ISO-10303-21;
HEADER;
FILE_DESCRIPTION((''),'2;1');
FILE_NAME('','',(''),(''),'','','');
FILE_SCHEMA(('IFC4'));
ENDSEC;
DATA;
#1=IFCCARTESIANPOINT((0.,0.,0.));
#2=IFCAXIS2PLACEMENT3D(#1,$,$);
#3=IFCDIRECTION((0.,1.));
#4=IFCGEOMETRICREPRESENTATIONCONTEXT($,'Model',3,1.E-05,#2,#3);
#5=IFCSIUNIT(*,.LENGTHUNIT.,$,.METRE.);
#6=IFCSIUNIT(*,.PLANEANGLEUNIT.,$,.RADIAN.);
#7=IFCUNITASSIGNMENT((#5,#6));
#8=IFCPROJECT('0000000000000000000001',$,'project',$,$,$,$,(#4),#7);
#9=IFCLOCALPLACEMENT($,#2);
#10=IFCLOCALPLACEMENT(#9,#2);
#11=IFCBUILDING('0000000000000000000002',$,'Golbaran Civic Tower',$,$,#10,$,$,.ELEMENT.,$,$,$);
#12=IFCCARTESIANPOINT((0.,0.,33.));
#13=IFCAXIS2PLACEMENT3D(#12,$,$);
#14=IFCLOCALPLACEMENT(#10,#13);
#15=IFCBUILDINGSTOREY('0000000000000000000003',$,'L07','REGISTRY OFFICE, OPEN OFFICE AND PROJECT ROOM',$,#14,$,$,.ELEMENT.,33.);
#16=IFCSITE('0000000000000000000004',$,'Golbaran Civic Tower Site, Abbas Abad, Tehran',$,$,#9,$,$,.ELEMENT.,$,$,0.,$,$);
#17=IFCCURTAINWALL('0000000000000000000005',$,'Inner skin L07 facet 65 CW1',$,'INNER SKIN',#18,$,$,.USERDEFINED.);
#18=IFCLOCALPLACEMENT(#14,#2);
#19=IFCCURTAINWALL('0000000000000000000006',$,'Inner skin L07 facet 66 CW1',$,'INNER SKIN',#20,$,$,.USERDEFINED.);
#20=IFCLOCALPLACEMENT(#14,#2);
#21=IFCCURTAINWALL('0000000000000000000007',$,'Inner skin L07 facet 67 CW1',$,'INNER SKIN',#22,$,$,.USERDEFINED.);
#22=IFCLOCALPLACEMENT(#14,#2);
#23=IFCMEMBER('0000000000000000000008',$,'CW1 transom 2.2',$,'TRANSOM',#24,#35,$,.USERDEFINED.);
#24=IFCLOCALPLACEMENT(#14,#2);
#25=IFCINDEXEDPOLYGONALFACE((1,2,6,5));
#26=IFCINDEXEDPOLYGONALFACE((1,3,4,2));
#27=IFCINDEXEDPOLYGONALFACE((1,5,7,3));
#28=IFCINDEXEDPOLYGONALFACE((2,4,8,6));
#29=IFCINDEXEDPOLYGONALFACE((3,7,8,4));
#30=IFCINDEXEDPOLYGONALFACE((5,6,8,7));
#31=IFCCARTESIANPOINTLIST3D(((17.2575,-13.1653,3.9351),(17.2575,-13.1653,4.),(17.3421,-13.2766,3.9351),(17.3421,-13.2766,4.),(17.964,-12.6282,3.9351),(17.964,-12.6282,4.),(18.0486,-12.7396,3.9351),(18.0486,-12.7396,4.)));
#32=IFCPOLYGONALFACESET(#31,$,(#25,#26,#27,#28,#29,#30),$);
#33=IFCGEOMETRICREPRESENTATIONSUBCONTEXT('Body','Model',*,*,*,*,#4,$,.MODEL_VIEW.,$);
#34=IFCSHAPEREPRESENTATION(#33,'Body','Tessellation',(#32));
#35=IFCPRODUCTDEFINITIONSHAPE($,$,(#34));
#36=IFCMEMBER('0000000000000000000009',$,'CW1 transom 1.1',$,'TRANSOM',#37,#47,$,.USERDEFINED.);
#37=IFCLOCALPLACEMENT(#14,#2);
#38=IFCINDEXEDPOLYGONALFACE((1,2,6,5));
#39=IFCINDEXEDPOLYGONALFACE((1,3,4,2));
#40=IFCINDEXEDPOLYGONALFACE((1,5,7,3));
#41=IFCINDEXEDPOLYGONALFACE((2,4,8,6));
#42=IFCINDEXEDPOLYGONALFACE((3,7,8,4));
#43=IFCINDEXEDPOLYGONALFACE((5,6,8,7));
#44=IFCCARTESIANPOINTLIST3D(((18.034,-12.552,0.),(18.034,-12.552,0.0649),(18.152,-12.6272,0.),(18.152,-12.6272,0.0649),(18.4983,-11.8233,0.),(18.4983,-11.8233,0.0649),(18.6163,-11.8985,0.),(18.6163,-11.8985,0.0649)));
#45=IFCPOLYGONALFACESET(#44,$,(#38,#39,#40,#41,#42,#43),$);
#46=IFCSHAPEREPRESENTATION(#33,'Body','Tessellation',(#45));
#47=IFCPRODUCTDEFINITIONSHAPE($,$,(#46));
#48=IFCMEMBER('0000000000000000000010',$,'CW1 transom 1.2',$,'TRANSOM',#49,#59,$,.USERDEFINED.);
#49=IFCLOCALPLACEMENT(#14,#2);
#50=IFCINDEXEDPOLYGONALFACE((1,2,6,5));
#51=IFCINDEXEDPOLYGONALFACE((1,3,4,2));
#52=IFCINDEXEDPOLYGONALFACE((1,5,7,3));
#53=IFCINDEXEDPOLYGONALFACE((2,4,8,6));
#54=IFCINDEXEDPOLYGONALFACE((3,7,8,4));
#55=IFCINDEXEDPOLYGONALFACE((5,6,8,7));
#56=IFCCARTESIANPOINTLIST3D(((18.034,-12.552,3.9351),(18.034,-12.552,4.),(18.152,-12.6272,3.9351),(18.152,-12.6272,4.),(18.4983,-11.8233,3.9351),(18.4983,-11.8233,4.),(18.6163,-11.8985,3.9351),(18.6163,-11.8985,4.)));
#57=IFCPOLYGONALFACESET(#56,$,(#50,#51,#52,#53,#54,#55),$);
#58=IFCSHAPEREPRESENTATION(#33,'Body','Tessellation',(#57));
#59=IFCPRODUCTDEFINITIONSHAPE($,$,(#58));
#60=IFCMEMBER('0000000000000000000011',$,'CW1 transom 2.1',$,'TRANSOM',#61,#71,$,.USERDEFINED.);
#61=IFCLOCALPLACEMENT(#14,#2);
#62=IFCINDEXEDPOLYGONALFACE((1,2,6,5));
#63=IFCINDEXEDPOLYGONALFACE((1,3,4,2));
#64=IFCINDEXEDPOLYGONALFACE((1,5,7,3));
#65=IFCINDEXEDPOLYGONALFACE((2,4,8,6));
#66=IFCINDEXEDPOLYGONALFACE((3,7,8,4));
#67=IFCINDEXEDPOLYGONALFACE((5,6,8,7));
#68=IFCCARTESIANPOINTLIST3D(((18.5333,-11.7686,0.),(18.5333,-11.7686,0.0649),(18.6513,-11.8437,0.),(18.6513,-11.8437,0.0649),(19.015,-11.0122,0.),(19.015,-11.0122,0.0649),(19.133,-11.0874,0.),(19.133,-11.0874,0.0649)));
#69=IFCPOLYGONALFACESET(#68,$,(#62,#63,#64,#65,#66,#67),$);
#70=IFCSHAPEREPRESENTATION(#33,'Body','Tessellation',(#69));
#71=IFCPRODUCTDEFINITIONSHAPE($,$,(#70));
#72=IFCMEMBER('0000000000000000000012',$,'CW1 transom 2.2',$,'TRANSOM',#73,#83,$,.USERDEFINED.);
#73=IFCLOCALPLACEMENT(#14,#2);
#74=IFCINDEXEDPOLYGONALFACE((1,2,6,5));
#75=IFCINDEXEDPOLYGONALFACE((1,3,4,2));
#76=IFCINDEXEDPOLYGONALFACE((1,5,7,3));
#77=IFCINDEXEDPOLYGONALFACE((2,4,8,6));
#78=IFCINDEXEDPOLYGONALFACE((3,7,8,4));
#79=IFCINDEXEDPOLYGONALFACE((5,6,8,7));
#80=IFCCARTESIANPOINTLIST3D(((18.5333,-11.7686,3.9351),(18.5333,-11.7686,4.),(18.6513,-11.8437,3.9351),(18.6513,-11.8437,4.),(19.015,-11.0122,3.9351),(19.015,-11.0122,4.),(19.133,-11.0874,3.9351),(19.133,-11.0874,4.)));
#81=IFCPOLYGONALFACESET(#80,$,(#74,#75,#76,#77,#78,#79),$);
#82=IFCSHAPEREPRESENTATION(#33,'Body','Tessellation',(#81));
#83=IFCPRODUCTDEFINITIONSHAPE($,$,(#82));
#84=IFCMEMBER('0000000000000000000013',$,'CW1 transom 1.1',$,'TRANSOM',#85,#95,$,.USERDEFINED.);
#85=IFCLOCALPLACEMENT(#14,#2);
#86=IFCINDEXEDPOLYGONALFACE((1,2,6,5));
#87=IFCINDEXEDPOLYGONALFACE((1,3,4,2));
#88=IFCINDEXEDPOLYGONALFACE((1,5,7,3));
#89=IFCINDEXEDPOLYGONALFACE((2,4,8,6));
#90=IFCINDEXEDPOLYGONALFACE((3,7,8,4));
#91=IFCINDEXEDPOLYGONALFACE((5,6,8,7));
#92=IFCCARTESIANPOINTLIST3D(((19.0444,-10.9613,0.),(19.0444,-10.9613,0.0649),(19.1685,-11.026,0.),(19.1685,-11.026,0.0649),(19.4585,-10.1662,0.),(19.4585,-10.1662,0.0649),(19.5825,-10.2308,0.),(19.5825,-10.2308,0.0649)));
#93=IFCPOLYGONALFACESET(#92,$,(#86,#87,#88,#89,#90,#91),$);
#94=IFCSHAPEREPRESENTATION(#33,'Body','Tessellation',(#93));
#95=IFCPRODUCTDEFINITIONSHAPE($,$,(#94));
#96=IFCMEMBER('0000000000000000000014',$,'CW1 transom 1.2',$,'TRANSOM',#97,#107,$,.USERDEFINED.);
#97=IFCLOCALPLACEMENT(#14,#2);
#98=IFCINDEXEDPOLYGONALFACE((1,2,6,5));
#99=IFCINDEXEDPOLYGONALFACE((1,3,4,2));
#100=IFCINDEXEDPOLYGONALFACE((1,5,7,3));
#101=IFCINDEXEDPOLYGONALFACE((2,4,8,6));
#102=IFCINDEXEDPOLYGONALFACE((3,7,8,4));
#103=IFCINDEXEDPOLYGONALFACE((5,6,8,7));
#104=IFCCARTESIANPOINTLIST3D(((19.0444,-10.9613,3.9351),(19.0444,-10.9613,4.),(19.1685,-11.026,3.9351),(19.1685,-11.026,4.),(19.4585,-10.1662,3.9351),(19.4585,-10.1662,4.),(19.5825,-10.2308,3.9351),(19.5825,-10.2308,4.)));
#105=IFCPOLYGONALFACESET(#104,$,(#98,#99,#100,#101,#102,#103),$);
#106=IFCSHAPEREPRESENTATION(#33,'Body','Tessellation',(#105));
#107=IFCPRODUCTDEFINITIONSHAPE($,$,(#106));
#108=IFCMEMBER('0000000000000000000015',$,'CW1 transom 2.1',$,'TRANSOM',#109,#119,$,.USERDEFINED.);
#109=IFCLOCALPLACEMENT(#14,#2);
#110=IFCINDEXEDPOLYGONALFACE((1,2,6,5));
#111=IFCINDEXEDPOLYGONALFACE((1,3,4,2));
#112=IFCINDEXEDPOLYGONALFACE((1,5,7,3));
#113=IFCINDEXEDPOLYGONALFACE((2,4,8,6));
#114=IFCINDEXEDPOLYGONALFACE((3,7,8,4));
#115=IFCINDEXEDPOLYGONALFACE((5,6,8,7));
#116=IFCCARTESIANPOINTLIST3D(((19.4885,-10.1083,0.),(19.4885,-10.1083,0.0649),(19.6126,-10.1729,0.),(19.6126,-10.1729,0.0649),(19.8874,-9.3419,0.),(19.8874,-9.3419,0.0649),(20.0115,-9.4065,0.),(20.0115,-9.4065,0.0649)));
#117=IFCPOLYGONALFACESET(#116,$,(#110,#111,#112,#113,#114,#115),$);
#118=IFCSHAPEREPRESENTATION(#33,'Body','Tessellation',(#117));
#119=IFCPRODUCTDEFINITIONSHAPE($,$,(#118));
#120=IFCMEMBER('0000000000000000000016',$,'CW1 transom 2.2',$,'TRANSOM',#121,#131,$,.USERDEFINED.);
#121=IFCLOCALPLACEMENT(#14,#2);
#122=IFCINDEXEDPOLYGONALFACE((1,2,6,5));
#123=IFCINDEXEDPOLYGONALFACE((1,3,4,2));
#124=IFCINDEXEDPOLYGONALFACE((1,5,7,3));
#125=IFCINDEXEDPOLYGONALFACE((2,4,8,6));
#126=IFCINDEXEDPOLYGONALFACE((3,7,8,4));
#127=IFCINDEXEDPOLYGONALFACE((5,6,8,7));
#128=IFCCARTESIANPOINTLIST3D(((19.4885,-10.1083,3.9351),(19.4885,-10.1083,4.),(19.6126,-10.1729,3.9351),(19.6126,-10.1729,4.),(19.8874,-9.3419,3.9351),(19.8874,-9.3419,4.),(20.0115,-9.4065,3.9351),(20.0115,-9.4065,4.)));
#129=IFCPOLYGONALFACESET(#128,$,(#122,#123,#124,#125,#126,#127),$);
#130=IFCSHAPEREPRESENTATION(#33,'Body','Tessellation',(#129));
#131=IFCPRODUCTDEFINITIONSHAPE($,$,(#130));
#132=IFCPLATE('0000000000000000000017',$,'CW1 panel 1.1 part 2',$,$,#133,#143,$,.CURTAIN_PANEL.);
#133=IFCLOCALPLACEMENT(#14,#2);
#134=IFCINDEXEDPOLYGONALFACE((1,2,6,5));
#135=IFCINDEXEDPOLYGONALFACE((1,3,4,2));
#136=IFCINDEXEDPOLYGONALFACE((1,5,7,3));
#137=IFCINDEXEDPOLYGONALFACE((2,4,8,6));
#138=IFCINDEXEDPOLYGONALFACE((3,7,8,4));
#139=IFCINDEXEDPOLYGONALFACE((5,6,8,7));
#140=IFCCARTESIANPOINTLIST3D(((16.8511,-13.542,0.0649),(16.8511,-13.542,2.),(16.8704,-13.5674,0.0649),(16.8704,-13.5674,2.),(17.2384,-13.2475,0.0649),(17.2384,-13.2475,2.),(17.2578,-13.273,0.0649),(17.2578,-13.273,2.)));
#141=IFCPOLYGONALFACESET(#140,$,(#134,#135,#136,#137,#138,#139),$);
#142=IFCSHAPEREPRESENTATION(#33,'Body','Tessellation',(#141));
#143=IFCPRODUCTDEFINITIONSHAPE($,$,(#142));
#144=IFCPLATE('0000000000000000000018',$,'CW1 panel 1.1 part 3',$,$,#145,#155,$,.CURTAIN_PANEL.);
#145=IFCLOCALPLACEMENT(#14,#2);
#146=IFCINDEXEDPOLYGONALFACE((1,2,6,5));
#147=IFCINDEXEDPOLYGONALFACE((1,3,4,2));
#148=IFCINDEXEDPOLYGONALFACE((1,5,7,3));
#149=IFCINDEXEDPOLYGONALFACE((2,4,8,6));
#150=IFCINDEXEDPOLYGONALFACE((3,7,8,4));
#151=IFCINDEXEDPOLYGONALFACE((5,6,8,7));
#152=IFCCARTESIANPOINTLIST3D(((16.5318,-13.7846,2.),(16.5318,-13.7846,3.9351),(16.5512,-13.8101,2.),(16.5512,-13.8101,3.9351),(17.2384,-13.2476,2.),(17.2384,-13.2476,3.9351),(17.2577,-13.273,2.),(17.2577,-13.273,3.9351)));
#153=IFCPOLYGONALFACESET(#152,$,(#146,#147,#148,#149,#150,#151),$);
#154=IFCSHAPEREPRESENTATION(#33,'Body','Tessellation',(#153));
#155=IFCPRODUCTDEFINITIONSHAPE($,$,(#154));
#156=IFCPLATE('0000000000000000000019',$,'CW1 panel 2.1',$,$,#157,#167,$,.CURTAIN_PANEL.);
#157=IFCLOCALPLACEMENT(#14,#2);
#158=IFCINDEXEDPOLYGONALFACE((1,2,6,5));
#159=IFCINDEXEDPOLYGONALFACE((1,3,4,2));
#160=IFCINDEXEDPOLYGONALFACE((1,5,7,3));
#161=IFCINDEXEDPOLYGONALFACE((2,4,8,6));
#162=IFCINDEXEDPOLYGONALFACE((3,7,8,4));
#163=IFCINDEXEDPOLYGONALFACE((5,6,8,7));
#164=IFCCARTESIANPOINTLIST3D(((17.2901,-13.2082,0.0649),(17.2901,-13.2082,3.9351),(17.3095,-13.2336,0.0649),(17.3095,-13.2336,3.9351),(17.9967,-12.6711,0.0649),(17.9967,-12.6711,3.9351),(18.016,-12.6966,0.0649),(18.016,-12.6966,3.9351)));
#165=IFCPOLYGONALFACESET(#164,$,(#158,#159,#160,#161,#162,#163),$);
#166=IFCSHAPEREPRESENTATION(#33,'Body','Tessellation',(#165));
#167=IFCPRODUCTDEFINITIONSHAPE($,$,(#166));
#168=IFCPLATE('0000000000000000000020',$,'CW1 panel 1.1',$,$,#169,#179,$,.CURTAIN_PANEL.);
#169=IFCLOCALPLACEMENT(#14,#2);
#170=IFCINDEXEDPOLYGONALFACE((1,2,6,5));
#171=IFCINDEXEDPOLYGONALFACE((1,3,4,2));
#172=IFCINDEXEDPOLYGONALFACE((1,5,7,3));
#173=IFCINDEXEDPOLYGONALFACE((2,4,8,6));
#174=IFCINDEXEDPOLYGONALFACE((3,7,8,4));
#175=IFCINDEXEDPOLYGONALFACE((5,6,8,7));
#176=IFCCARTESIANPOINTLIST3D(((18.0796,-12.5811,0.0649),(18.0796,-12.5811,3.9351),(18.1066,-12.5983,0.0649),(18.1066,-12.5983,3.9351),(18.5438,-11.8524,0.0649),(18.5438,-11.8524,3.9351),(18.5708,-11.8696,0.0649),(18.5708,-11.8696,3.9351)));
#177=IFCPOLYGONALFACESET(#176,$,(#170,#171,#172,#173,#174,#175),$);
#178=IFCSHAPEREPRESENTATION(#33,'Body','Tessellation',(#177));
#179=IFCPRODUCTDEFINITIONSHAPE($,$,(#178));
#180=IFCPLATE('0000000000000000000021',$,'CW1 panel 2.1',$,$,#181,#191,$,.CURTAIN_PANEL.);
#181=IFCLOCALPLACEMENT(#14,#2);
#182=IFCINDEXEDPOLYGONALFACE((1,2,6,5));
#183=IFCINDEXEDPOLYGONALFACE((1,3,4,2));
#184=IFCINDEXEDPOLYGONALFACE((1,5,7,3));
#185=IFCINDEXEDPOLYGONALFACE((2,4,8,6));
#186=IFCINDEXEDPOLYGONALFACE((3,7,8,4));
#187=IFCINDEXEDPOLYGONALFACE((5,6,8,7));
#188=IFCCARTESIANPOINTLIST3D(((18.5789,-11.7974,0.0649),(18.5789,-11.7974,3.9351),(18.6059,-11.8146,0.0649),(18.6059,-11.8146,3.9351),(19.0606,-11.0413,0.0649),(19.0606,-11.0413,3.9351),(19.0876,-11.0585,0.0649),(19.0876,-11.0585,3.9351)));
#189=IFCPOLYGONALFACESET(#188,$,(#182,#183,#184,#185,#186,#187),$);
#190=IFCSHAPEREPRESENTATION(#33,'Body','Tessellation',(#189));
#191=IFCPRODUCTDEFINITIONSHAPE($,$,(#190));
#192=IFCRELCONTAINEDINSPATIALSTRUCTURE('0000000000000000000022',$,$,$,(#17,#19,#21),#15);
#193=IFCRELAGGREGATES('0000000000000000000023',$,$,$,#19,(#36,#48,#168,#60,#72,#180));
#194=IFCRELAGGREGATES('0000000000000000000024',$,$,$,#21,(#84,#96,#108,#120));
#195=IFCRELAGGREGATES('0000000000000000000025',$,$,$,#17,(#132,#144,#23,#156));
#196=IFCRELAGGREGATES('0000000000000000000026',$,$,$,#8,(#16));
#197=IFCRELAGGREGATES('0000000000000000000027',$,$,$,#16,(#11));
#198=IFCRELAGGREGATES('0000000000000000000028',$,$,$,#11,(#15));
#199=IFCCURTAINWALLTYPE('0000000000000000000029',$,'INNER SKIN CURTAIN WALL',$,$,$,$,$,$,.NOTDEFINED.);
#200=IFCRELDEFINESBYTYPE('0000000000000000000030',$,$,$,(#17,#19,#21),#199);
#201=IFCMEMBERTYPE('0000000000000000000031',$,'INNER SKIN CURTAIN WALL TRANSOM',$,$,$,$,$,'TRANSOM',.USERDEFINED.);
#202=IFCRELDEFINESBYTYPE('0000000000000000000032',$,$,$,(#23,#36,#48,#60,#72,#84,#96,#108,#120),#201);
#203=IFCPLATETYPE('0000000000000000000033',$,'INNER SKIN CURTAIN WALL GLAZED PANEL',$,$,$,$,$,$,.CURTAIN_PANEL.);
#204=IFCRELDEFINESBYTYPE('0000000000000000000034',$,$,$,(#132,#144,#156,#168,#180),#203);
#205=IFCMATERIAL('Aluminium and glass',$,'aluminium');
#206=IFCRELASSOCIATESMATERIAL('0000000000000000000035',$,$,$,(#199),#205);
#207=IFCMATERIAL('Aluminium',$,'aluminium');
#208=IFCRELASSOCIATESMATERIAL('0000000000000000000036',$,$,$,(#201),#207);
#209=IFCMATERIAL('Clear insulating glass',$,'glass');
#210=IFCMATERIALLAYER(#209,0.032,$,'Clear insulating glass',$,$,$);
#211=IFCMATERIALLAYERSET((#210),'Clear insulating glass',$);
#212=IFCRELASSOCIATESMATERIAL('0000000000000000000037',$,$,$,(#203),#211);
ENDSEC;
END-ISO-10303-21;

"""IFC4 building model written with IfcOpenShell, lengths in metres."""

from ifc_helpers import new_model, si_unit, direction, frame, origin, origin_2d, place, context, subcontext, project, spatial, rectangle, extrude, material, layer, layer_set, material_profile, profile_set, type_object, element, aggregate, save


model = new_model("IFC4")

# Units and contexts
model_context = context("Model", 3, precision=1e-05, world=origin(), true_north=direction((0.0, 1.0)))
body_context = subcontext(model_context, "Body", "Model", "MODEL_VIEW")
ifc_project = project(units=[si_unit("LENGTHUNIT", "METRE"), si_unit("PLANEANGLEUNIT", "RADIAN")], contexts=[model_context])

# Site, building, storey
site_placement = place(None, origin())
site = spatial("IfcSite", under=ifc_project, at=site_placement, Name="Golbaran Civic Tower Site, Abbas Abad, Tehran", CompositionType="ELEMENT", RefElevation=0.0)
building_placement = place(site_placement, origin())
building = spatial("IfcBuilding", under=site, at=building_placement, Name="Golbaran Civic Tower", CompositionType="ELEMENT")
storey_placement = place(building_placement, frame((0.0, 0.0, 33.0)))
storey = spatial("IfcBuildingStorey", under=building, at=storey_placement, Name="L07", Description="REGISTRY OFFICE, OPEN OFFICE AND PROJECT ROOM", CompositionType="ELEMENT", Elevation=33.0)

# Shared definitions
ifc_material_1 = material(Name="Aluminium and glass", Category="aluminium")
curtain_wall_type = type_object("IfcCurtainWallType", Name="INNER SKIN CURTAIN WALL", PredefinedType="NOTDEFINED", material=ifc_material_1)
ifc_material_2 = material(Name="Aluminium", Category="aluminium")

# Curtain walls
curtain_wall_1_placement = place(storey_placement, origin())
curtain_wall_1 = element("IfcCurtainWall", 1, at=curtain_wall_1_placement, inside=storey, type_object=curtain_wall_type, Name="Inner skin L07 facet 65 CW1", ObjectType="INNER SKIN", PredefinedType="USERDEFINED")
curtain_wall_2_placement = place(storey_placement, origin())
curtain_wall_2 = element("IfcCurtainWall", 2, at=curtain_wall_2_placement, inside=storey, type_object=curtain_wall_type, Name="Inner skin L07 facet 66 CW1", ObjectType="INNER SKIN", PredefinedType="USERDEFINED")

# Curtain wall
curtain_wall_3_placement = place(storey_placement, origin())
curtain_wall_3 = element("IfcCurtainWall", 3, at=curtain_wall_3_placement, inside=storey, type_object=curtain_wall_type, Name="Inner skin L07 facet 67 CW1", ObjectType="INNER SKIN", PredefinedType="USERDEFINED")

# Members
ifc_material_profile_1 = material_profile(ifc_material_2, rectangle(XDim=0.1399, YDim=0.0649, at=origin_2d()), Name="INNER SKIN CURTAIN WALL TRANSOM")
ifc_profile_set_1 = profile_set([ifc_material_profile_1], Name="Aluminium")
member_type_1 = type_object("IfcMemberType", Name="INNER SKIN CURTAIN WALL TRANSOM", ElementType="TRANSOM", PredefinedType="USERDEFINED", material=ifc_profile_set_1)
member_1_placement = place(storey_placement, frame((17.2998, -13.2209, 3.9675), z_axis=(0.796088, 0.605181, 0.0), x_axis=(-0.605181, 0.796088, 0.0)))
member_1 = element("IfcMember", 4, at=member_1_placement, type_object=member_type_1, Name="CW1 transom 2.2", ObjectType="TRANSOM", PredefinedType="USERDEFINED", context=body_context, shape_type="SweptSolid", body=[
    extrude(rectangle(XDim=0.1399, YDim=0.0649, at=origin_2d()), origin(), (0.0, 0.0, 1.0), 0.8875),
])
member_2_placement = place(storey_placement, frame((18.093, -12.5896, 0.0325), z_axis=(0.537369, 0.843347, 0.0), x_axis=(-0.843347, 0.537369, 0.0)))
member_2 = element("IfcMember", 5, at=member_2_placement, type_object=member_type_1, Name="CW1 transom 1.1", ObjectType="TRANSOM", PredefinedType="USERDEFINED", context=body_context, shape_type="SweptSolid", body=[
    extrude(rectangle(XDim=0.1399, YDim=0.0649, at=origin_2d()), origin(), (0.0, 0.0, 1.0), 0.864),
])
member_3_placement = place(storey_placement, frame((18.093, -12.5896, 3.9675), z_axis=(0.537369, 0.843347, 0.0), x_axis=(-0.843347, 0.537369, 0.0)))
member_3 = element("IfcMember", 6, at=member_3_placement, type_object=member_type_1, Name="CW1 transom 1.2", ObjectType="TRANSOM", PredefinedType="USERDEFINED", context=body_context, shape_type="SweptSolid", body=[
    extrude(rectangle(XDim=0.1399, YDim=0.0649, at=origin_2d()), origin(), (0.0, 0.0, 1.0), 0.864),
])
member_4_placement = place(storey_placement, frame((18.5923, -11.8062, 0.0325), z_axis=(0.537175, 0.843471, 0.0), x_axis=(-0.843471, 0.537175, 0.0)))
member_4 = element("IfcMember", 7, at=member_4_placement, type_object=member_type_1, Name="CW1 transom 2.1", ObjectType="TRANSOM", PredefinedType="USERDEFINED", context=body_context, shape_type="SweptSolid", body=[
    extrude(rectangle(XDim=0.1399, YDim=0.0649, at=origin_2d()), origin(), (0.0, 0.0, 1.0), 0.8967),
])
member_5_placement = place(storey_placement, frame((18.5923, -11.8062, 3.9675), z_axis=(0.537175, 0.843471, 0.0), x_axis=(-0.843471, 0.537175, 0.0)))
member_5 = element("IfcMember", 8, at=member_5_placement, type_object=member_type_1, Name="CW1 transom 2.2", ObjectType="TRANSOM", PredefinedType="USERDEFINED", context=body_context, shape_type="SweptSolid", body=[
    extrude(rectangle(XDim=0.1399, YDim=0.0649, at=origin_2d()), origin(), (0.0, 0.0, 1.0), 0.8967),
])
member_6_placement = place(storey_placement, frame((19.1064, -10.9937, 0.0325), z_axis=(0.461859, 0.886954, 0.0), x_axis=(-0.886954, 0.461859, 0.0)))
member_6 = element("IfcMember", 9, at=member_6_placement, type_object=member_type_1, Name="CW1 transom 1.1", ObjectType="TRANSOM", PredefinedType="USERDEFINED", context=body_context, shape_type="SweptSolid", body=[
    extrude(rectangle(XDim=0.1399, YDim=0.0649, at=origin_2d()), origin(), (0.0, 0.0, 1.0), 0.8965),
])
member_7_placement = place(storey_placement, frame((19.1064, -10.9937, 3.9675), z_axis=(0.461859, 0.886954, 0.0), x_axis=(-0.886954, 0.461859, 0.0)))
member_7 = element("IfcMember", 10, at=member_7_placement, type_object=member_type_1, Name="CW1 transom 1.2", ObjectType="TRANSOM", PredefinedType="USERDEFINED", context=body_context, shape_type="SweptSolid", body=[
    extrude(rectangle(XDim=0.1399, YDim=0.0649, at=origin_2d()), origin(), (0.0, 0.0, 1.0), 0.8965),
])
member_8_placement = place(storey_placement, frame((19.5505, -10.1406, 0.0325), z_axis=(0.461735, 0.887018, 0.0), x_axis=(-0.887018, 0.461735, 0.0)))
member_8 = element("IfcMember", 11, at=member_8_placement, type_object=member_type_1, Name="CW1 transom 2.1", ObjectType="TRANSOM", PredefinedType="USERDEFINED", context=body_context, shape_type="SweptSolid", body=[
    extrude(rectangle(XDim=0.1399, YDim=0.0649, at=origin_2d()), origin(), (0.0, 0.0, 1.0), 0.864),
])
member_9_placement = place(storey_placement, frame((19.5505, -10.1406, 3.9675), z_axis=(0.461735, 0.887018, 0.0), x_axis=(-0.887018, 0.461735, 0.0)))
member_9 = element("IfcMember", 12, at=member_9_placement, type_object=member_type_1, Name="CW1 transom 2.2", ObjectType="TRANSOM", PredefinedType="USERDEFINED", context=body_context, shape_type="SweptSolid", body=[
    extrude(rectangle(XDim=0.1399, YDim=0.0649, at=origin_2d()), origin(), (0.0, 0.0, 1.0), 0.864),
])

# Plates
ifc_material_3 = material(Name="Clear insulating glass", Category="glass")
ifc_layer_1 = layer(ifc_material_3, 0.032, Name="Clear insulating glass")
ifc_layer_set_1 = layer_set([ifc_layer_1], Name="Clear insulating glass")
plate_type_1 = type_object("IfcPlateType", Name="INNER SKIN CURTAIN WALL GLAZED PANEL", PredefinedType="CURTAIN_PANEL", material=ifc_layer_set_1)
plate_1_placement = place(storey_placement, frame((17.0544, -13.4075, 0.0649), z_axis=(0.0, 0.0, 1.0), x_axis=(0.796108, 0.605154, 0.0)))
plate_1 = element("IfcPlate", 13, at=plate_1_placement, type_object=plate_type_1, Name="CW1 panel 1.1 part 2", PredefinedType="CURTAIN_PANEL", context=body_context, shape_type="SweptSolid", body=[
    extrude(rectangle(XDim=0.4866, YDim=0.032, at=origin_2d()), origin(), (0.0, 0.0, 1.0), 1.9351),
])
plate_2_placement = place(storey_placement, frame((16.8948, -13.5288, 2.0), z_axis=(0.0, 0.0, 1.0), x_axis=(0.796108, 0.605154, 0.0)))
plate_2 = element("IfcPlate", 14, at=plate_2_placement, type_object=plate_type_1, Name="CW1 panel 1.1 part 3", PredefinedType="CURTAIN_PANEL", context=body_context, shape_type="SweptSolid", body=[
    extrude(rectangle(XDim=0.8875, YDim=0.032, at=origin_2d()), origin(), (0.0, 0.0, 1.0), 1.9351),
])
plate_3_placement = place(storey_placement, frame((17.6531, -12.9524, 0.0649), z_axis=(0.0, 0.0, 1.0), x_axis=(0.796108, 0.605154, 0.0)))
plate_3 = element("IfcPlate", 15, at=plate_3_placement, type_object=plate_type_1, Name="CW1 panel 2.1", PredefinedType="CURTAIN_PANEL", context=body_context, shape_type="SweptSolid", body=[
    extrude(rectangle(XDim=0.8875, YDim=0.032, at=origin_2d()), origin(), (0.0, 0.0, 1.0), 3.8701),
])
plate_4_placement = place(storey_placement, frame((18.3252, -12.2253, 0.0649), z_axis=(0.0, 0.0, 1.0), x_axis=(0.5373, 0.843391, 0.0)))
plate_4 = element("IfcPlate", 16, at=plate_4_placement, type_object=plate_type_1, Name="CW1 panel 1.1", PredefinedType="CURTAIN_PANEL", context=body_context, shape_type="SweptSolid", body=[
    extrude(rectangle(XDim=0.864, YDim=0.032, at=origin_2d()), origin(), (0.0, 0.0, 1.0), 3.8701),
])
plate_5_placement = place(storey_placement, frame((18.8333, -11.428, 0.0649), z_axis=(0.0, 0.0, 1.0), x_axis=(0.5373, 0.843391, 0.0)))
plate_5 = element("IfcPlate", 17, at=plate_5_placement, type_object=plate_type_1, Name="CW1 panel 2.1", PredefinedType="CURTAIN_PANEL", context=body_context, shape_type="SweptSolid", body=[
    extrude(rectangle(XDim=0.8965, YDim=0.032, at=origin_2d()), origin(), (0.0, 0.0, 1.0), 3.8701),
])
aggregate(curtain_wall_2, [member_2, member_3, plate_4, member_4, member_5, plate_5])
aggregate(curtain_wall_3, [member_6, member_7, member_8, member_9])
aggregate(curtain_wall_1, [plate_1, plate_2, member_1, plate_3])

save(model, "model.ifc")
